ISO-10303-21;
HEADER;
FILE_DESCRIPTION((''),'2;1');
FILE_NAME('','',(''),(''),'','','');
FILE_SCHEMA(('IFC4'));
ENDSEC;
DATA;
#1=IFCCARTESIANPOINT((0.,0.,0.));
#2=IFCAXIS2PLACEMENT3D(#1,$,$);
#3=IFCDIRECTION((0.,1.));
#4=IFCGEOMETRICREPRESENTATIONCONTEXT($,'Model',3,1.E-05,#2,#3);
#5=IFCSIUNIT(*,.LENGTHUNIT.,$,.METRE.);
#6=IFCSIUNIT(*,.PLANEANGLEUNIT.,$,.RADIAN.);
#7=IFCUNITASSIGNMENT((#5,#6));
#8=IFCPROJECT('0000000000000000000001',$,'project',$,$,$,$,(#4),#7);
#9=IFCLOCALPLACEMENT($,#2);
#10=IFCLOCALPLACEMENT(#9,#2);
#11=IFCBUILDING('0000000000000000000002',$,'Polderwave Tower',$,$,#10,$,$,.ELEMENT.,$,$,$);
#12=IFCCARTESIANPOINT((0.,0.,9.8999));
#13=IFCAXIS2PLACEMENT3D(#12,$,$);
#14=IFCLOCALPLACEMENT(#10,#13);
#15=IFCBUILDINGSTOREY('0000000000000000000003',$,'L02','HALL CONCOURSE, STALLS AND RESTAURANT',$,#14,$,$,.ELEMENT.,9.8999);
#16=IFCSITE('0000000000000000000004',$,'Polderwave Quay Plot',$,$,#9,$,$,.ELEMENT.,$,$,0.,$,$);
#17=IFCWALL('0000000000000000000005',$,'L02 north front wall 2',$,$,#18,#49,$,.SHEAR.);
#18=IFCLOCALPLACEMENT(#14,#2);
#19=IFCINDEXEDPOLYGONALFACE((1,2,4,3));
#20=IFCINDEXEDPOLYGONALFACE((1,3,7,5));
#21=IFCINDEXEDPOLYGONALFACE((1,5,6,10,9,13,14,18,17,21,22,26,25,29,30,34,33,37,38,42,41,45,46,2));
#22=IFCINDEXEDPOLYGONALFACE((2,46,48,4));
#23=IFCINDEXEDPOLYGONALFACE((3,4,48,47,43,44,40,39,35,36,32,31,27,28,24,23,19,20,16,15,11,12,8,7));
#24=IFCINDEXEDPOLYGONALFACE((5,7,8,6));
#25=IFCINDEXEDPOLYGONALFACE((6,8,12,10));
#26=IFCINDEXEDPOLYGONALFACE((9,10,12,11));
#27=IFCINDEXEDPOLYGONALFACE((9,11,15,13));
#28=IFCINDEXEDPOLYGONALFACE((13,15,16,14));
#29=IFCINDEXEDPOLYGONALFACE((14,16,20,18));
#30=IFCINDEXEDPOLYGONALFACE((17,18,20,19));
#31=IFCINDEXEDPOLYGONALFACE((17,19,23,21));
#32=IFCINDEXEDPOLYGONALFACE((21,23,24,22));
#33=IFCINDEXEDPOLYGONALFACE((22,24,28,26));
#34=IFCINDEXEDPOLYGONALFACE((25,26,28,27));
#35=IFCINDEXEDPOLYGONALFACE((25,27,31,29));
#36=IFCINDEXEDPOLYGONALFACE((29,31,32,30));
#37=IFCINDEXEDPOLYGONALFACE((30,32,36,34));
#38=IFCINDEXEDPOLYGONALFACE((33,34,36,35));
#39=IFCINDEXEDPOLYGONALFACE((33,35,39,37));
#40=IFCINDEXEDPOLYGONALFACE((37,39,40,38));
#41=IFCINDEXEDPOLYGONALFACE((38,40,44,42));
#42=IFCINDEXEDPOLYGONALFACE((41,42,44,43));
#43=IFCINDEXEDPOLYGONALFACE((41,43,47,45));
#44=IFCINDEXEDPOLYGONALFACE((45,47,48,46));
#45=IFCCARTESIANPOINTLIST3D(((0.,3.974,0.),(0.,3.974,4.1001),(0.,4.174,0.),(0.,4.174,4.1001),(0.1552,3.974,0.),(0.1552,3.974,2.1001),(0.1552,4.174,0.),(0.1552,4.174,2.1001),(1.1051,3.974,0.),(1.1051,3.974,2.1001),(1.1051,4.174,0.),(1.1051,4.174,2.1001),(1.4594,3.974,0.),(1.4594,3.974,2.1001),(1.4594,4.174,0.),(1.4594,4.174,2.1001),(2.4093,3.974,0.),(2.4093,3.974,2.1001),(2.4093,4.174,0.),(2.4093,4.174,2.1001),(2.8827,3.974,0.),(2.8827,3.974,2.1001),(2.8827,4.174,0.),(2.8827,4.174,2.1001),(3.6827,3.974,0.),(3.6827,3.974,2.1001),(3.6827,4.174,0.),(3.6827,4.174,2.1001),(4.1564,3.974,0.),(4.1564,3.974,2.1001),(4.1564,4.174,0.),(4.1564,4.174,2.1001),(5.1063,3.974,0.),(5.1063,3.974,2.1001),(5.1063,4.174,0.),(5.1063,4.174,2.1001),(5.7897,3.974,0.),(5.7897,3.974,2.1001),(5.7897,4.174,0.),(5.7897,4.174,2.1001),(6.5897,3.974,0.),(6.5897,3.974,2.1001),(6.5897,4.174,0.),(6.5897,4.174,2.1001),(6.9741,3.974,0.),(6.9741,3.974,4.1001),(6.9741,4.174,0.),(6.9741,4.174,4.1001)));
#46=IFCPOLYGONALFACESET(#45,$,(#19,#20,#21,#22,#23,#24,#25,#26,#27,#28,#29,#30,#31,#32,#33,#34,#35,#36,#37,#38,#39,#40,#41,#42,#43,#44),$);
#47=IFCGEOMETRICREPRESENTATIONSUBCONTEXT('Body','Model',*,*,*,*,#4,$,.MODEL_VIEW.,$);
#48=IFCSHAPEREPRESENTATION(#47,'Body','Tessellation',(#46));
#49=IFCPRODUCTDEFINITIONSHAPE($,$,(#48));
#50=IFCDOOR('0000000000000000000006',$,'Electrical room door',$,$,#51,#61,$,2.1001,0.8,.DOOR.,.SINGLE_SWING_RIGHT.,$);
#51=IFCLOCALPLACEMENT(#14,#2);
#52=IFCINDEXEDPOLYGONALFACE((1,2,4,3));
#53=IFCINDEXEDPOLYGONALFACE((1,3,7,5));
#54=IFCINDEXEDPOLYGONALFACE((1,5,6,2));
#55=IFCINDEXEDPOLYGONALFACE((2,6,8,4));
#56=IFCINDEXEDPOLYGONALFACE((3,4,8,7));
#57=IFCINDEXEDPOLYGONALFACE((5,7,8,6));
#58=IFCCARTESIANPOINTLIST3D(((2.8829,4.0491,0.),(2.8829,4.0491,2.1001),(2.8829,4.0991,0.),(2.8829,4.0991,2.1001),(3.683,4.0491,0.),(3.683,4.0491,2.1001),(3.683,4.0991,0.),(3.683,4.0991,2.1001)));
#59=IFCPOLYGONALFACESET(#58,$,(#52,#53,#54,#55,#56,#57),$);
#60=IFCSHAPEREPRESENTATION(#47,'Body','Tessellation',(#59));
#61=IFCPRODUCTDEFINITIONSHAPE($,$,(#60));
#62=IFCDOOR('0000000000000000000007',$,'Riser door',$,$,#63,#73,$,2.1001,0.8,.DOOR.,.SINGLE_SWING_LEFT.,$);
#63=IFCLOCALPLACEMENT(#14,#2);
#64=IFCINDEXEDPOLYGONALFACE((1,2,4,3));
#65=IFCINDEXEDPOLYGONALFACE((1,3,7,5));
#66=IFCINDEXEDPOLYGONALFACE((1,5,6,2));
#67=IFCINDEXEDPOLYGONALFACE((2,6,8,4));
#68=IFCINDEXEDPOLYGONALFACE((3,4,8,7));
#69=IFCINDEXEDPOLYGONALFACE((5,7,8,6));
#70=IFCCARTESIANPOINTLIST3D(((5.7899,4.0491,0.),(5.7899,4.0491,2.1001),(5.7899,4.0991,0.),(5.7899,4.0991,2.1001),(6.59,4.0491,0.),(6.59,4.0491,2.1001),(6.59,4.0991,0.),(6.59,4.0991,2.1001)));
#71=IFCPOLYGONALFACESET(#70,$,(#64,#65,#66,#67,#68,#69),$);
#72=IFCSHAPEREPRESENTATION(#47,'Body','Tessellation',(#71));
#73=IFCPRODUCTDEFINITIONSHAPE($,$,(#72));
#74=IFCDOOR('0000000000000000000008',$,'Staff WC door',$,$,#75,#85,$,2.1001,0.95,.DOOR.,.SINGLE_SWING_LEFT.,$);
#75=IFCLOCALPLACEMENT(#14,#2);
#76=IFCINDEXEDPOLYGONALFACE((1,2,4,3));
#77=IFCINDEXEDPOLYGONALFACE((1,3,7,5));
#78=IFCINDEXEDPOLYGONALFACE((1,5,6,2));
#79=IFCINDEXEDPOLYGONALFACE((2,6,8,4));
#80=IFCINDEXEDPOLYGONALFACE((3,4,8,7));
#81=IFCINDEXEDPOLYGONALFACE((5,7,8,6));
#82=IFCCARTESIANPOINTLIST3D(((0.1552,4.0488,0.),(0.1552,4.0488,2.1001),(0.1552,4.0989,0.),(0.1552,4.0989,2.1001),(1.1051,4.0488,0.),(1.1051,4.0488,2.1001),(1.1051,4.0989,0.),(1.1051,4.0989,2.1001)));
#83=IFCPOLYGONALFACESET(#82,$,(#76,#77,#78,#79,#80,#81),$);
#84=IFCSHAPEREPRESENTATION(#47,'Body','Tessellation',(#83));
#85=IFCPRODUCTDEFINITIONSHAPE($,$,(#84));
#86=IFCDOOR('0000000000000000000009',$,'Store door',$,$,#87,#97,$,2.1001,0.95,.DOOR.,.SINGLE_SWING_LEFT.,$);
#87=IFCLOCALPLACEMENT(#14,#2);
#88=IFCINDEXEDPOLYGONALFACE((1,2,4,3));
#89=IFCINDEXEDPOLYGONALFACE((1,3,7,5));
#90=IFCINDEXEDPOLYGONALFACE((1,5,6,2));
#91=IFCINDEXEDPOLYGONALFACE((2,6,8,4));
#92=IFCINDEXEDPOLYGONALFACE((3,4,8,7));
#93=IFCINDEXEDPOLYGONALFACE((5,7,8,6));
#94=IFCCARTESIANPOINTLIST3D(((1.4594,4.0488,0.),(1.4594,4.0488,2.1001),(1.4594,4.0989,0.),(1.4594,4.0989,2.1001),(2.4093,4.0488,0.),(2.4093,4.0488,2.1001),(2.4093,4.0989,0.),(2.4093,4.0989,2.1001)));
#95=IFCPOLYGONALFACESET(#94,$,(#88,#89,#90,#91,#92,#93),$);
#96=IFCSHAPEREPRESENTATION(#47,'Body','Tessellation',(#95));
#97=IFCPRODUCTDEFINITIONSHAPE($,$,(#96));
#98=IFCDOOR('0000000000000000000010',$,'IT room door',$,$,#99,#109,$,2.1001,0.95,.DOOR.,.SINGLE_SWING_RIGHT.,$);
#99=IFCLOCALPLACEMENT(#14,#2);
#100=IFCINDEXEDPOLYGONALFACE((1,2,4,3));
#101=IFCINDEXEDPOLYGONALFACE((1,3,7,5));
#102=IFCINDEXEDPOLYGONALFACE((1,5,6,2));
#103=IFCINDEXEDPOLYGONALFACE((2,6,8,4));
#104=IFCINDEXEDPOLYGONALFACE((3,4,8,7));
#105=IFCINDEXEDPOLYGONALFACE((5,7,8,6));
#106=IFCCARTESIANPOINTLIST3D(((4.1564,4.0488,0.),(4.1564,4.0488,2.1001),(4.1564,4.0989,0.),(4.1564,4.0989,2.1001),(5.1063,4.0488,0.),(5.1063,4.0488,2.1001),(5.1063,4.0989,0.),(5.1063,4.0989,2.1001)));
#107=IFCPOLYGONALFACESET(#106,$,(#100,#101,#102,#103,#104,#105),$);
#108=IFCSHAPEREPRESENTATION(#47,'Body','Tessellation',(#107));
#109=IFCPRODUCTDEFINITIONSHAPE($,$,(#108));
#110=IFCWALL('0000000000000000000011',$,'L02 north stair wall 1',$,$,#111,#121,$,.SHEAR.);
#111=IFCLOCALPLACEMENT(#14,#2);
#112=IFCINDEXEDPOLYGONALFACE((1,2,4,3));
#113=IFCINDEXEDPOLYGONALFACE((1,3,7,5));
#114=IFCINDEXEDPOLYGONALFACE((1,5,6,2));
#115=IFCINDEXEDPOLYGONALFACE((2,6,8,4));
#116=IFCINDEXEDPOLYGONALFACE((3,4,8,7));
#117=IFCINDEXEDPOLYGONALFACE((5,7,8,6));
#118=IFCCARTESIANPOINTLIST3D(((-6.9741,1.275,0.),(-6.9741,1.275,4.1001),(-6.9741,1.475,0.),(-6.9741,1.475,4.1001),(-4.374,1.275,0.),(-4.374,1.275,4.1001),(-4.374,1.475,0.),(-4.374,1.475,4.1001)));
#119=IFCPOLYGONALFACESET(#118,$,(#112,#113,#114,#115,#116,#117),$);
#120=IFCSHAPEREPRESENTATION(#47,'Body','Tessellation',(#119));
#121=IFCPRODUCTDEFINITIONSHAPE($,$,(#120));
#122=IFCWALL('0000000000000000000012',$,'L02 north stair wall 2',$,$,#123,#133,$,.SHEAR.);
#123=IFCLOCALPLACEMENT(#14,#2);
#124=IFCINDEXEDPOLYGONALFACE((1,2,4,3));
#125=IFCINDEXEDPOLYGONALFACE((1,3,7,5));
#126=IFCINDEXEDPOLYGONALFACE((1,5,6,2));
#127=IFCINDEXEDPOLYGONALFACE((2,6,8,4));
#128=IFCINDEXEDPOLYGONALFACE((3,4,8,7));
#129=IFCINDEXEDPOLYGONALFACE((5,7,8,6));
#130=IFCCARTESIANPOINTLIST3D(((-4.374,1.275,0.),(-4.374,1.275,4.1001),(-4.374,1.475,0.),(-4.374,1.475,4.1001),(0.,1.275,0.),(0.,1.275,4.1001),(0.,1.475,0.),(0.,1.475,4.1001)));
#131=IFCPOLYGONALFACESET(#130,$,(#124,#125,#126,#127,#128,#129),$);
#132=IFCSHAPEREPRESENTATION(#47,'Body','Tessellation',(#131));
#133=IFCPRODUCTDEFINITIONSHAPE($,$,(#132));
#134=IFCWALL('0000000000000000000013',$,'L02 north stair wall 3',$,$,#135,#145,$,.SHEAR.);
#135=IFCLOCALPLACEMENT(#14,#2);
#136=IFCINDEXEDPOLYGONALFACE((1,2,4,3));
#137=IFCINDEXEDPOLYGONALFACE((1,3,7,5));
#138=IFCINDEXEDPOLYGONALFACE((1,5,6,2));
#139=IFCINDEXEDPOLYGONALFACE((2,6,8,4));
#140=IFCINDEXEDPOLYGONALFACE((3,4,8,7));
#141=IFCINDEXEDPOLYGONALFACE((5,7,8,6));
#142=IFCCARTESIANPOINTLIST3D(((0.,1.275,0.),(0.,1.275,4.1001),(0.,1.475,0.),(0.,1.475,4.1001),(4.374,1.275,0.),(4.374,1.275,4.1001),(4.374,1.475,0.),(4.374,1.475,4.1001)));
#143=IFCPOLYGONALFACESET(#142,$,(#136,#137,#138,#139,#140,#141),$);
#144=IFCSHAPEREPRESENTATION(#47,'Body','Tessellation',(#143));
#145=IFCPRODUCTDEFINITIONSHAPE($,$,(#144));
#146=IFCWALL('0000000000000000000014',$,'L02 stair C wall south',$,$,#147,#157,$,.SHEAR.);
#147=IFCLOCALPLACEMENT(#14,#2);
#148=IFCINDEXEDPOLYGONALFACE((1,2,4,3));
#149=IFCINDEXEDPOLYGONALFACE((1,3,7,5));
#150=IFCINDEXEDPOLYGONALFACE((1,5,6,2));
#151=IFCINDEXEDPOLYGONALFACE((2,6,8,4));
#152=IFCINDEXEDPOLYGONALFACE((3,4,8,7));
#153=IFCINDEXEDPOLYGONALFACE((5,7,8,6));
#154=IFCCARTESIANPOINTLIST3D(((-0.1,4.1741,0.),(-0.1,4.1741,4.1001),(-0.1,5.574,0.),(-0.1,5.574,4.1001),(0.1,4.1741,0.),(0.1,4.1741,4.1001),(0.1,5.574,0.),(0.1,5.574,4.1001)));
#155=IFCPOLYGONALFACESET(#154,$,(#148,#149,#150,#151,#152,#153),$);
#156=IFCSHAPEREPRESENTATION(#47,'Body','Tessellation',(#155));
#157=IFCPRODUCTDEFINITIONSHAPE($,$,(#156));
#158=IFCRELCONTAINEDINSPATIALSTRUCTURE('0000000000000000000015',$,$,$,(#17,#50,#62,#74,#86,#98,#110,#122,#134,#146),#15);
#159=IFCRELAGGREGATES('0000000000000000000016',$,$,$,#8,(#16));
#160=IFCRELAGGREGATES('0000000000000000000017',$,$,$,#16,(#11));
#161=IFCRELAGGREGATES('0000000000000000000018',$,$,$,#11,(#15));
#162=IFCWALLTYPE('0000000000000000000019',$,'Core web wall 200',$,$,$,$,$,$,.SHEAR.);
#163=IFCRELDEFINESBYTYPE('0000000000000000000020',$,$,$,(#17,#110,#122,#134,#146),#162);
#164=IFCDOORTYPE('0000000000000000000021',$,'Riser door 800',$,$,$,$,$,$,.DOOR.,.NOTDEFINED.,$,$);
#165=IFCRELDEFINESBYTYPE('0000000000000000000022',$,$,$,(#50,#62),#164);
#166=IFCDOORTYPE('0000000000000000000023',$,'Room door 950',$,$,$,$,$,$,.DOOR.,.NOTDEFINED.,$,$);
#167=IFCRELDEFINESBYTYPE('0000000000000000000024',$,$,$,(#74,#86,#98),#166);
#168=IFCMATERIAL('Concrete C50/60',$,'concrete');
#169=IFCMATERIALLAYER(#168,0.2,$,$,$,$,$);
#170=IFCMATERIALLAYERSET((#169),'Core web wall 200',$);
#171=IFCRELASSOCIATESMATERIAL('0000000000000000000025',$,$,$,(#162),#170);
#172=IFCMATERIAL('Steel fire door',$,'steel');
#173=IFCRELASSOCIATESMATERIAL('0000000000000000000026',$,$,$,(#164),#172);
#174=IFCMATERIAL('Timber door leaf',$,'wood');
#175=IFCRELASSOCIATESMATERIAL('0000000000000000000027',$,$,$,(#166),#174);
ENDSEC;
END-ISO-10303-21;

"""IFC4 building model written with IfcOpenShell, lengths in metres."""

from ifc_helpers import new_model, si_unit, direction, frame, frame_2d, origin, place, context, subcontext, project, spatial, rectangle, extrude, material, layer, layer_set, type_object, element, fill, save


model = new_model("IFC4")

# Units and contexts
model_context = context("Model", 3, precision=1e-05, world=origin(), true_north=direction((0.0, 1.0)))
body_context = subcontext(model_context, "Body", "Model", "MODEL_VIEW")
ifc_project = project(units=[si_unit("LENGTHUNIT", "METRE"), si_unit("PLANEANGLEUNIT", "RADIAN")], contexts=[model_context])

# Site, building, storey
site_placement = place(None, origin())
site = spatial("IfcSite", under=ifc_project, at=site_placement, Name="Polderwave Quay Plot", CompositionType="ELEMENT", RefElevation=0.0)
building_placement = place(site_placement, origin())
building = spatial("IfcBuilding", under=site, at=building_placement, Name="Polderwave Tower", CompositionType="ELEMENT")
storey_placement = place(building_placement, frame((0.0, 0.0, 9.8999)))
storey = spatial("IfcBuildingStorey", under=building, at=storey_placement, Name="L02", Description="HALL CONCOURSE, STALLS AND RESTAURANT", CompositionType="ELEMENT", Elevation=9.8999)

# Shared definitions
ifc_material_1 = material(Name="Steel fire door", Category="steel")

# Shared definitions
ifc_material_2 = material(Name="Concrete C50/60", Category="concrete")
ifc_layer_1 = layer(ifc_material_2, 0.2)
ifc_layer_set_1 = layer_set([ifc_layer_1], Name="Core web wall 200")
wall_type_1 = type_object("IfcWallType", Name="Core web wall 200", PredefinedType="SHEAR", material=ifc_layer_set_1)

# Wall, openings, doors
wall_1_placement = place(storey_placement, frame((0.0, 4.074, 0.0), z_axis=(0.0, 0.0, 1.0), x_axis=(1.0, 0.0, 0.0)))
wall_1 = element("IfcWall", 1, at=wall_1_placement, inside=storey, type_object=wall_type_1, Name="L02 north front wall 2", PredefinedType="SHEAR", context=body_context, shape_type="SweptSolid", body=[
    extrude(rectangle(XDim=6.9741, YDim=0.2, at=frame_2d((3.4871, 0.0))), origin(), (0.0, 0.0, 1.0), 4.1001),
])
opening_1_placement = place(wall_1_placement, frame((0.155, 0.0, 0.0)))
opening_1 = element("IfcOpeningElement", 2, at=opening_1_placement, cuts=wall_1, PredefinedType="OPENING", context=body_context, shape_type="SweptSolid", body=[
    extrude(rectangle(XDim=0.95, YDim=2.1001, at=frame_2d((0.4751, 1.05))), frame((0.0, 0.1099, 0.0), z_axis=(0.0, -1.0, 0.0), x_axis=(1.0, 0.0, 0.0)), (0.0, 0.0, 1.0), 0.22),
])
opening_2_placement = place(wall_1_placement, frame((1.4592, 0.0, 0.0)))
opening_2 = element("IfcOpeningElement", 3, at=opening_2_placement, cuts=wall_1, PredefinedType="OPENING", context=body_context, shape_type="SweptSolid", body=[
    extrude(rectangle(XDim=0.95, YDim=2.1001, at=frame_2d((0.4751, 1.05))), frame((0.0, 0.1099, 0.0), z_axis=(0.0, -1.0, 0.0), x_axis=(1.0, 0.0, 0.0)), (0.0, 0.0, 1.0), 0.22),
])
opening_3_placement = place(wall_1_placement, frame((2.8828, 0.0, 0.0)))
opening_3 = element("IfcOpeningElement", 4, at=opening_3_placement, cuts=wall_1, PredefinedType="OPENING", context=body_context, shape_type="SweptSolid", body=[
    extrude(rectangle(XDim=0.8, YDim=2.1001, at=frame_2d((0.3999, 1.05))), frame((0.0, 0.1099, 0.0), z_axis=(0.0, -1.0, 0.0), x_axis=(1.0, 0.0, 0.0)), (0.0, 0.0, 1.0), 0.22),
])
opening_4_placement = place(wall_1_placement, frame((4.1562, 0.0, 0.0)))
opening_4 = element("IfcOpeningElement", 5, at=opening_4_placement, cuts=wall_1, PredefinedType="OPENING", context=body_context, shape_type="SweptSolid", body=[
    extrude(rectangle(XDim=0.95, YDim=2.1001, at=frame_2d((0.4751, 1.05))), frame((0.0, 0.1099, 0.0), z_axis=(0.0, -1.0, 0.0), x_axis=(1.0, 0.0, 0.0)), (0.0, 0.0, 1.0), 0.22),
])
opening_5_placement = place(wall_1_placement, frame((5.7898, 0.0, 0.0)))
opening_5 = element("IfcOpeningElement", 6, at=opening_5_placement, cuts=wall_1, PredefinedType="OPENING", context=body_context, shape_type="SweptSolid", body=[
    extrude(rectangle(XDim=0.8, YDim=2.1001, at=frame_2d((0.3999, 1.05))), frame((0.0, 0.1099, 0.0), z_axis=(0.0, -1.0, 0.0), x_axis=(1.0, 0.0, 0.0)), (0.0, 0.0, 1.0), 0.22),
])
door_type_1 = type_object("IfcDoorType", Name="Riser door 800", OperationType="NOTDEFINED", PredefinedType="DOOR", material=ifc_material_1)
door_1_placement = place(opening_3_placement, frame((0.8, 0.0, 0.0), z_axis=(0.0, 0.0, 1.0), x_axis=(-1.0, 0.0, 0.0)))
door_1 = element("IfcDoor", 7, at=door_1_placement, inside=storey, type_object=door_type_1, Name="Electrical room door", OperationType="SINGLE_SWING_RIGHT", OverallHeight=2.1001, OverallWidth=0.8, PredefinedType="DOOR", context=body_context, shape_type="SweptSolid", body=[
    extrude(rectangle(XDim=0.8, YDim=2.1001, at=frame_2d((0.3999, 1.05))), frame((0.0, 0.0249, 0.0), z_axis=(0.0, -1.0, 0.0), x_axis=(1.0, 0.0, 0.0)), (0.0, 0.0, 1.0), 0.05),
])
fill(opening_3, door_1)
door_2_placement = place(opening_5_placement, frame((0.8, 0.0, 0.0), z_axis=(0.0, 0.0, 1.0), x_axis=(-1.0, 0.0, 0.0)))
door_2 = element("IfcDoor", 8, at=door_2_placement, inside=storey, type_object=door_type_1, Name="Riser door", OperationType="SINGLE_SWING_LEFT", OverallHeight=2.1001, OverallWidth=0.8, PredefinedType="DOOR", context=body_context, shape_type="SweptSolid", body=[
    extrude(rectangle(XDim=0.8, YDim=2.1001, at=frame_2d((0.3999, 1.05))), frame((0.0, 0.0249, 0.0), z_axis=(0.0, -1.0, 0.0), x_axis=(1.0, 0.0, 0.0)), (0.0, 0.0, 1.0), 0.05),
])
fill(opening_5, door_2)
ifc_material_3 = material(Name="Timber door leaf", Category="wood")
door_type_2 = type_object("IfcDoorType", Name="Room door 950", OperationType="NOTDEFINED", PredefinedType="DOOR", material=ifc_material_3)
door_3_placement = place(opening_1_placement, origin())
door_3 = element("IfcDoor", 9, at=door_3_placement, inside=storey, type_object=door_type_2, Name="Staff WC door", OperationType="SINGLE_SWING_LEFT", OverallHeight=2.1001, OverallWidth=0.95, PredefinedType="DOOR", context=body_context, shape_type="SweptSolid", body=[
    extrude(rectangle(XDim=0.95, YDim=2.1001, at=frame_2d((0.4751, 1.05))), frame((0.0, 0.0249, 0.0), z_axis=(0.0, -1.0, 0.0), x_axis=(1.0, 0.0, 0.0)), (0.0, 0.0, 1.0), 0.05),
])
fill(opening_1, door_3)
door_4_placement = place(opening_2_placement, origin())
door_4 = element("IfcDoor", 10, at=door_4_placement, inside=storey, type_object=door_type_2, Name="Store door", OperationType="SINGLE_SWING_LEFT", OverallHeight=2.1001, OverallWidth=0.95, PredefinedType="DOOR", context=body_context, shape_type="SweptSolid", body=[
    extrude(rectangle(XDim=0.95, YDim=2.1001, at=frame_2d((0.4751, 1.05))), frame((0.0, 0.0249, 0.0), z_axis=(0.0, -1.0, 0.0), x_axis=(1.0, 0.0, 0.0)), (0.0, 0.0, 1.0), 0.05),
])
fill(opening_2, door_4)
door_5_placement = place(opening_4_placement, origin())
door_5 = element("IfcDoor", 11, at=door_5_placement, inside=storey, type_object=door_type_2, Name="IT room door", OperationType="SINGLE_SWING_RIGHT", OverallHeight=2.1001, OverallWidth=0.95, PredefinedType="DOOR", context=body_context, shape_type="SweptSolid", body=[
    extrude(rectangle(XDim=0.95, YDim=2.1001, at=frame_2d((0.4751, 1.05))), frame((0.0, 0.0249, 0.0), z_axis=(0.0, -1.0, 0.0), x_axis=(1.0, 0.0, 0.0)), (0.0, 0.0, 1.0), 0.05),
])
fill(opening_4, door_5)

# Walls
wall_2_placement = place(storey_placement, frame((-6.9741, 1.375, 0.0), z_axis=(0.0, 0.0, 1.0), x_axis=(1.0, 0.0, 0.0)))
element("IfcWall", 12, at=wall_2_placement, inside=storey, type_object=wall_type_1, Name="L02 north stair wall 1", PredefinedType="SHEAR", context=body_context, shape_type="SweptSolid", body=[
    extrude(rectangle(XDim=2.6001, YDim=0.2, at=frame_2d((1.3, 0.0))), origin(), (0.0, 0.0, 1.0), 4.1001),
])
for number, where, z_axis, x_axis, name in (
    (13, (-4.374, 1.375, 0.0), (0.0, 0.0, 1.0), (1.0, 0.0, 0.0), "L02 north stair wall 2"),
    (14, (0.0, 1.375, 0.0), (0.0, 0.0, 1.0), (1.0, 0.0, 0.0), "L02 north stair wall 3"),
):
    element("IfcWall", number, at=place(storey_placement, frame(where, z_axis=z_axis, x_axis=x_axis)), inside=storey, type_object=wall_type_1, Name=name, PredefinedType="SHEAR", context=body_context, shape_type="SweptSolid", body=[
        extrude(rectangle(XDim=4.374, YDim=0.2, at=frame_2d((2.187, 0.0))), origin(), (0.0, 0.0, 1.0), 4.1001),
    ])
wall_3_placement = place(storey_placement, frame((0.0, 4.1741, 0.0), z_axis=(0.0, 0.0, 1.0), x_axis=(0.0, 1.0, 0.0)))
element("IfcWall", 15, at=wall_3_placement, inside=storey, type_object=wall_type_1, Name="L02 stair C wall south", PredefinedType="SHEAR", context=body_context, shape_type="SweptSolid", body=[
    extrude(rectangle(XDim=1.3999, YDim=0.2, at=frame_2d((0.7, 0.0))), origin(), (0.0, 0.0, 1.0), 4.1001),
])

save(model, "model.ifc")
